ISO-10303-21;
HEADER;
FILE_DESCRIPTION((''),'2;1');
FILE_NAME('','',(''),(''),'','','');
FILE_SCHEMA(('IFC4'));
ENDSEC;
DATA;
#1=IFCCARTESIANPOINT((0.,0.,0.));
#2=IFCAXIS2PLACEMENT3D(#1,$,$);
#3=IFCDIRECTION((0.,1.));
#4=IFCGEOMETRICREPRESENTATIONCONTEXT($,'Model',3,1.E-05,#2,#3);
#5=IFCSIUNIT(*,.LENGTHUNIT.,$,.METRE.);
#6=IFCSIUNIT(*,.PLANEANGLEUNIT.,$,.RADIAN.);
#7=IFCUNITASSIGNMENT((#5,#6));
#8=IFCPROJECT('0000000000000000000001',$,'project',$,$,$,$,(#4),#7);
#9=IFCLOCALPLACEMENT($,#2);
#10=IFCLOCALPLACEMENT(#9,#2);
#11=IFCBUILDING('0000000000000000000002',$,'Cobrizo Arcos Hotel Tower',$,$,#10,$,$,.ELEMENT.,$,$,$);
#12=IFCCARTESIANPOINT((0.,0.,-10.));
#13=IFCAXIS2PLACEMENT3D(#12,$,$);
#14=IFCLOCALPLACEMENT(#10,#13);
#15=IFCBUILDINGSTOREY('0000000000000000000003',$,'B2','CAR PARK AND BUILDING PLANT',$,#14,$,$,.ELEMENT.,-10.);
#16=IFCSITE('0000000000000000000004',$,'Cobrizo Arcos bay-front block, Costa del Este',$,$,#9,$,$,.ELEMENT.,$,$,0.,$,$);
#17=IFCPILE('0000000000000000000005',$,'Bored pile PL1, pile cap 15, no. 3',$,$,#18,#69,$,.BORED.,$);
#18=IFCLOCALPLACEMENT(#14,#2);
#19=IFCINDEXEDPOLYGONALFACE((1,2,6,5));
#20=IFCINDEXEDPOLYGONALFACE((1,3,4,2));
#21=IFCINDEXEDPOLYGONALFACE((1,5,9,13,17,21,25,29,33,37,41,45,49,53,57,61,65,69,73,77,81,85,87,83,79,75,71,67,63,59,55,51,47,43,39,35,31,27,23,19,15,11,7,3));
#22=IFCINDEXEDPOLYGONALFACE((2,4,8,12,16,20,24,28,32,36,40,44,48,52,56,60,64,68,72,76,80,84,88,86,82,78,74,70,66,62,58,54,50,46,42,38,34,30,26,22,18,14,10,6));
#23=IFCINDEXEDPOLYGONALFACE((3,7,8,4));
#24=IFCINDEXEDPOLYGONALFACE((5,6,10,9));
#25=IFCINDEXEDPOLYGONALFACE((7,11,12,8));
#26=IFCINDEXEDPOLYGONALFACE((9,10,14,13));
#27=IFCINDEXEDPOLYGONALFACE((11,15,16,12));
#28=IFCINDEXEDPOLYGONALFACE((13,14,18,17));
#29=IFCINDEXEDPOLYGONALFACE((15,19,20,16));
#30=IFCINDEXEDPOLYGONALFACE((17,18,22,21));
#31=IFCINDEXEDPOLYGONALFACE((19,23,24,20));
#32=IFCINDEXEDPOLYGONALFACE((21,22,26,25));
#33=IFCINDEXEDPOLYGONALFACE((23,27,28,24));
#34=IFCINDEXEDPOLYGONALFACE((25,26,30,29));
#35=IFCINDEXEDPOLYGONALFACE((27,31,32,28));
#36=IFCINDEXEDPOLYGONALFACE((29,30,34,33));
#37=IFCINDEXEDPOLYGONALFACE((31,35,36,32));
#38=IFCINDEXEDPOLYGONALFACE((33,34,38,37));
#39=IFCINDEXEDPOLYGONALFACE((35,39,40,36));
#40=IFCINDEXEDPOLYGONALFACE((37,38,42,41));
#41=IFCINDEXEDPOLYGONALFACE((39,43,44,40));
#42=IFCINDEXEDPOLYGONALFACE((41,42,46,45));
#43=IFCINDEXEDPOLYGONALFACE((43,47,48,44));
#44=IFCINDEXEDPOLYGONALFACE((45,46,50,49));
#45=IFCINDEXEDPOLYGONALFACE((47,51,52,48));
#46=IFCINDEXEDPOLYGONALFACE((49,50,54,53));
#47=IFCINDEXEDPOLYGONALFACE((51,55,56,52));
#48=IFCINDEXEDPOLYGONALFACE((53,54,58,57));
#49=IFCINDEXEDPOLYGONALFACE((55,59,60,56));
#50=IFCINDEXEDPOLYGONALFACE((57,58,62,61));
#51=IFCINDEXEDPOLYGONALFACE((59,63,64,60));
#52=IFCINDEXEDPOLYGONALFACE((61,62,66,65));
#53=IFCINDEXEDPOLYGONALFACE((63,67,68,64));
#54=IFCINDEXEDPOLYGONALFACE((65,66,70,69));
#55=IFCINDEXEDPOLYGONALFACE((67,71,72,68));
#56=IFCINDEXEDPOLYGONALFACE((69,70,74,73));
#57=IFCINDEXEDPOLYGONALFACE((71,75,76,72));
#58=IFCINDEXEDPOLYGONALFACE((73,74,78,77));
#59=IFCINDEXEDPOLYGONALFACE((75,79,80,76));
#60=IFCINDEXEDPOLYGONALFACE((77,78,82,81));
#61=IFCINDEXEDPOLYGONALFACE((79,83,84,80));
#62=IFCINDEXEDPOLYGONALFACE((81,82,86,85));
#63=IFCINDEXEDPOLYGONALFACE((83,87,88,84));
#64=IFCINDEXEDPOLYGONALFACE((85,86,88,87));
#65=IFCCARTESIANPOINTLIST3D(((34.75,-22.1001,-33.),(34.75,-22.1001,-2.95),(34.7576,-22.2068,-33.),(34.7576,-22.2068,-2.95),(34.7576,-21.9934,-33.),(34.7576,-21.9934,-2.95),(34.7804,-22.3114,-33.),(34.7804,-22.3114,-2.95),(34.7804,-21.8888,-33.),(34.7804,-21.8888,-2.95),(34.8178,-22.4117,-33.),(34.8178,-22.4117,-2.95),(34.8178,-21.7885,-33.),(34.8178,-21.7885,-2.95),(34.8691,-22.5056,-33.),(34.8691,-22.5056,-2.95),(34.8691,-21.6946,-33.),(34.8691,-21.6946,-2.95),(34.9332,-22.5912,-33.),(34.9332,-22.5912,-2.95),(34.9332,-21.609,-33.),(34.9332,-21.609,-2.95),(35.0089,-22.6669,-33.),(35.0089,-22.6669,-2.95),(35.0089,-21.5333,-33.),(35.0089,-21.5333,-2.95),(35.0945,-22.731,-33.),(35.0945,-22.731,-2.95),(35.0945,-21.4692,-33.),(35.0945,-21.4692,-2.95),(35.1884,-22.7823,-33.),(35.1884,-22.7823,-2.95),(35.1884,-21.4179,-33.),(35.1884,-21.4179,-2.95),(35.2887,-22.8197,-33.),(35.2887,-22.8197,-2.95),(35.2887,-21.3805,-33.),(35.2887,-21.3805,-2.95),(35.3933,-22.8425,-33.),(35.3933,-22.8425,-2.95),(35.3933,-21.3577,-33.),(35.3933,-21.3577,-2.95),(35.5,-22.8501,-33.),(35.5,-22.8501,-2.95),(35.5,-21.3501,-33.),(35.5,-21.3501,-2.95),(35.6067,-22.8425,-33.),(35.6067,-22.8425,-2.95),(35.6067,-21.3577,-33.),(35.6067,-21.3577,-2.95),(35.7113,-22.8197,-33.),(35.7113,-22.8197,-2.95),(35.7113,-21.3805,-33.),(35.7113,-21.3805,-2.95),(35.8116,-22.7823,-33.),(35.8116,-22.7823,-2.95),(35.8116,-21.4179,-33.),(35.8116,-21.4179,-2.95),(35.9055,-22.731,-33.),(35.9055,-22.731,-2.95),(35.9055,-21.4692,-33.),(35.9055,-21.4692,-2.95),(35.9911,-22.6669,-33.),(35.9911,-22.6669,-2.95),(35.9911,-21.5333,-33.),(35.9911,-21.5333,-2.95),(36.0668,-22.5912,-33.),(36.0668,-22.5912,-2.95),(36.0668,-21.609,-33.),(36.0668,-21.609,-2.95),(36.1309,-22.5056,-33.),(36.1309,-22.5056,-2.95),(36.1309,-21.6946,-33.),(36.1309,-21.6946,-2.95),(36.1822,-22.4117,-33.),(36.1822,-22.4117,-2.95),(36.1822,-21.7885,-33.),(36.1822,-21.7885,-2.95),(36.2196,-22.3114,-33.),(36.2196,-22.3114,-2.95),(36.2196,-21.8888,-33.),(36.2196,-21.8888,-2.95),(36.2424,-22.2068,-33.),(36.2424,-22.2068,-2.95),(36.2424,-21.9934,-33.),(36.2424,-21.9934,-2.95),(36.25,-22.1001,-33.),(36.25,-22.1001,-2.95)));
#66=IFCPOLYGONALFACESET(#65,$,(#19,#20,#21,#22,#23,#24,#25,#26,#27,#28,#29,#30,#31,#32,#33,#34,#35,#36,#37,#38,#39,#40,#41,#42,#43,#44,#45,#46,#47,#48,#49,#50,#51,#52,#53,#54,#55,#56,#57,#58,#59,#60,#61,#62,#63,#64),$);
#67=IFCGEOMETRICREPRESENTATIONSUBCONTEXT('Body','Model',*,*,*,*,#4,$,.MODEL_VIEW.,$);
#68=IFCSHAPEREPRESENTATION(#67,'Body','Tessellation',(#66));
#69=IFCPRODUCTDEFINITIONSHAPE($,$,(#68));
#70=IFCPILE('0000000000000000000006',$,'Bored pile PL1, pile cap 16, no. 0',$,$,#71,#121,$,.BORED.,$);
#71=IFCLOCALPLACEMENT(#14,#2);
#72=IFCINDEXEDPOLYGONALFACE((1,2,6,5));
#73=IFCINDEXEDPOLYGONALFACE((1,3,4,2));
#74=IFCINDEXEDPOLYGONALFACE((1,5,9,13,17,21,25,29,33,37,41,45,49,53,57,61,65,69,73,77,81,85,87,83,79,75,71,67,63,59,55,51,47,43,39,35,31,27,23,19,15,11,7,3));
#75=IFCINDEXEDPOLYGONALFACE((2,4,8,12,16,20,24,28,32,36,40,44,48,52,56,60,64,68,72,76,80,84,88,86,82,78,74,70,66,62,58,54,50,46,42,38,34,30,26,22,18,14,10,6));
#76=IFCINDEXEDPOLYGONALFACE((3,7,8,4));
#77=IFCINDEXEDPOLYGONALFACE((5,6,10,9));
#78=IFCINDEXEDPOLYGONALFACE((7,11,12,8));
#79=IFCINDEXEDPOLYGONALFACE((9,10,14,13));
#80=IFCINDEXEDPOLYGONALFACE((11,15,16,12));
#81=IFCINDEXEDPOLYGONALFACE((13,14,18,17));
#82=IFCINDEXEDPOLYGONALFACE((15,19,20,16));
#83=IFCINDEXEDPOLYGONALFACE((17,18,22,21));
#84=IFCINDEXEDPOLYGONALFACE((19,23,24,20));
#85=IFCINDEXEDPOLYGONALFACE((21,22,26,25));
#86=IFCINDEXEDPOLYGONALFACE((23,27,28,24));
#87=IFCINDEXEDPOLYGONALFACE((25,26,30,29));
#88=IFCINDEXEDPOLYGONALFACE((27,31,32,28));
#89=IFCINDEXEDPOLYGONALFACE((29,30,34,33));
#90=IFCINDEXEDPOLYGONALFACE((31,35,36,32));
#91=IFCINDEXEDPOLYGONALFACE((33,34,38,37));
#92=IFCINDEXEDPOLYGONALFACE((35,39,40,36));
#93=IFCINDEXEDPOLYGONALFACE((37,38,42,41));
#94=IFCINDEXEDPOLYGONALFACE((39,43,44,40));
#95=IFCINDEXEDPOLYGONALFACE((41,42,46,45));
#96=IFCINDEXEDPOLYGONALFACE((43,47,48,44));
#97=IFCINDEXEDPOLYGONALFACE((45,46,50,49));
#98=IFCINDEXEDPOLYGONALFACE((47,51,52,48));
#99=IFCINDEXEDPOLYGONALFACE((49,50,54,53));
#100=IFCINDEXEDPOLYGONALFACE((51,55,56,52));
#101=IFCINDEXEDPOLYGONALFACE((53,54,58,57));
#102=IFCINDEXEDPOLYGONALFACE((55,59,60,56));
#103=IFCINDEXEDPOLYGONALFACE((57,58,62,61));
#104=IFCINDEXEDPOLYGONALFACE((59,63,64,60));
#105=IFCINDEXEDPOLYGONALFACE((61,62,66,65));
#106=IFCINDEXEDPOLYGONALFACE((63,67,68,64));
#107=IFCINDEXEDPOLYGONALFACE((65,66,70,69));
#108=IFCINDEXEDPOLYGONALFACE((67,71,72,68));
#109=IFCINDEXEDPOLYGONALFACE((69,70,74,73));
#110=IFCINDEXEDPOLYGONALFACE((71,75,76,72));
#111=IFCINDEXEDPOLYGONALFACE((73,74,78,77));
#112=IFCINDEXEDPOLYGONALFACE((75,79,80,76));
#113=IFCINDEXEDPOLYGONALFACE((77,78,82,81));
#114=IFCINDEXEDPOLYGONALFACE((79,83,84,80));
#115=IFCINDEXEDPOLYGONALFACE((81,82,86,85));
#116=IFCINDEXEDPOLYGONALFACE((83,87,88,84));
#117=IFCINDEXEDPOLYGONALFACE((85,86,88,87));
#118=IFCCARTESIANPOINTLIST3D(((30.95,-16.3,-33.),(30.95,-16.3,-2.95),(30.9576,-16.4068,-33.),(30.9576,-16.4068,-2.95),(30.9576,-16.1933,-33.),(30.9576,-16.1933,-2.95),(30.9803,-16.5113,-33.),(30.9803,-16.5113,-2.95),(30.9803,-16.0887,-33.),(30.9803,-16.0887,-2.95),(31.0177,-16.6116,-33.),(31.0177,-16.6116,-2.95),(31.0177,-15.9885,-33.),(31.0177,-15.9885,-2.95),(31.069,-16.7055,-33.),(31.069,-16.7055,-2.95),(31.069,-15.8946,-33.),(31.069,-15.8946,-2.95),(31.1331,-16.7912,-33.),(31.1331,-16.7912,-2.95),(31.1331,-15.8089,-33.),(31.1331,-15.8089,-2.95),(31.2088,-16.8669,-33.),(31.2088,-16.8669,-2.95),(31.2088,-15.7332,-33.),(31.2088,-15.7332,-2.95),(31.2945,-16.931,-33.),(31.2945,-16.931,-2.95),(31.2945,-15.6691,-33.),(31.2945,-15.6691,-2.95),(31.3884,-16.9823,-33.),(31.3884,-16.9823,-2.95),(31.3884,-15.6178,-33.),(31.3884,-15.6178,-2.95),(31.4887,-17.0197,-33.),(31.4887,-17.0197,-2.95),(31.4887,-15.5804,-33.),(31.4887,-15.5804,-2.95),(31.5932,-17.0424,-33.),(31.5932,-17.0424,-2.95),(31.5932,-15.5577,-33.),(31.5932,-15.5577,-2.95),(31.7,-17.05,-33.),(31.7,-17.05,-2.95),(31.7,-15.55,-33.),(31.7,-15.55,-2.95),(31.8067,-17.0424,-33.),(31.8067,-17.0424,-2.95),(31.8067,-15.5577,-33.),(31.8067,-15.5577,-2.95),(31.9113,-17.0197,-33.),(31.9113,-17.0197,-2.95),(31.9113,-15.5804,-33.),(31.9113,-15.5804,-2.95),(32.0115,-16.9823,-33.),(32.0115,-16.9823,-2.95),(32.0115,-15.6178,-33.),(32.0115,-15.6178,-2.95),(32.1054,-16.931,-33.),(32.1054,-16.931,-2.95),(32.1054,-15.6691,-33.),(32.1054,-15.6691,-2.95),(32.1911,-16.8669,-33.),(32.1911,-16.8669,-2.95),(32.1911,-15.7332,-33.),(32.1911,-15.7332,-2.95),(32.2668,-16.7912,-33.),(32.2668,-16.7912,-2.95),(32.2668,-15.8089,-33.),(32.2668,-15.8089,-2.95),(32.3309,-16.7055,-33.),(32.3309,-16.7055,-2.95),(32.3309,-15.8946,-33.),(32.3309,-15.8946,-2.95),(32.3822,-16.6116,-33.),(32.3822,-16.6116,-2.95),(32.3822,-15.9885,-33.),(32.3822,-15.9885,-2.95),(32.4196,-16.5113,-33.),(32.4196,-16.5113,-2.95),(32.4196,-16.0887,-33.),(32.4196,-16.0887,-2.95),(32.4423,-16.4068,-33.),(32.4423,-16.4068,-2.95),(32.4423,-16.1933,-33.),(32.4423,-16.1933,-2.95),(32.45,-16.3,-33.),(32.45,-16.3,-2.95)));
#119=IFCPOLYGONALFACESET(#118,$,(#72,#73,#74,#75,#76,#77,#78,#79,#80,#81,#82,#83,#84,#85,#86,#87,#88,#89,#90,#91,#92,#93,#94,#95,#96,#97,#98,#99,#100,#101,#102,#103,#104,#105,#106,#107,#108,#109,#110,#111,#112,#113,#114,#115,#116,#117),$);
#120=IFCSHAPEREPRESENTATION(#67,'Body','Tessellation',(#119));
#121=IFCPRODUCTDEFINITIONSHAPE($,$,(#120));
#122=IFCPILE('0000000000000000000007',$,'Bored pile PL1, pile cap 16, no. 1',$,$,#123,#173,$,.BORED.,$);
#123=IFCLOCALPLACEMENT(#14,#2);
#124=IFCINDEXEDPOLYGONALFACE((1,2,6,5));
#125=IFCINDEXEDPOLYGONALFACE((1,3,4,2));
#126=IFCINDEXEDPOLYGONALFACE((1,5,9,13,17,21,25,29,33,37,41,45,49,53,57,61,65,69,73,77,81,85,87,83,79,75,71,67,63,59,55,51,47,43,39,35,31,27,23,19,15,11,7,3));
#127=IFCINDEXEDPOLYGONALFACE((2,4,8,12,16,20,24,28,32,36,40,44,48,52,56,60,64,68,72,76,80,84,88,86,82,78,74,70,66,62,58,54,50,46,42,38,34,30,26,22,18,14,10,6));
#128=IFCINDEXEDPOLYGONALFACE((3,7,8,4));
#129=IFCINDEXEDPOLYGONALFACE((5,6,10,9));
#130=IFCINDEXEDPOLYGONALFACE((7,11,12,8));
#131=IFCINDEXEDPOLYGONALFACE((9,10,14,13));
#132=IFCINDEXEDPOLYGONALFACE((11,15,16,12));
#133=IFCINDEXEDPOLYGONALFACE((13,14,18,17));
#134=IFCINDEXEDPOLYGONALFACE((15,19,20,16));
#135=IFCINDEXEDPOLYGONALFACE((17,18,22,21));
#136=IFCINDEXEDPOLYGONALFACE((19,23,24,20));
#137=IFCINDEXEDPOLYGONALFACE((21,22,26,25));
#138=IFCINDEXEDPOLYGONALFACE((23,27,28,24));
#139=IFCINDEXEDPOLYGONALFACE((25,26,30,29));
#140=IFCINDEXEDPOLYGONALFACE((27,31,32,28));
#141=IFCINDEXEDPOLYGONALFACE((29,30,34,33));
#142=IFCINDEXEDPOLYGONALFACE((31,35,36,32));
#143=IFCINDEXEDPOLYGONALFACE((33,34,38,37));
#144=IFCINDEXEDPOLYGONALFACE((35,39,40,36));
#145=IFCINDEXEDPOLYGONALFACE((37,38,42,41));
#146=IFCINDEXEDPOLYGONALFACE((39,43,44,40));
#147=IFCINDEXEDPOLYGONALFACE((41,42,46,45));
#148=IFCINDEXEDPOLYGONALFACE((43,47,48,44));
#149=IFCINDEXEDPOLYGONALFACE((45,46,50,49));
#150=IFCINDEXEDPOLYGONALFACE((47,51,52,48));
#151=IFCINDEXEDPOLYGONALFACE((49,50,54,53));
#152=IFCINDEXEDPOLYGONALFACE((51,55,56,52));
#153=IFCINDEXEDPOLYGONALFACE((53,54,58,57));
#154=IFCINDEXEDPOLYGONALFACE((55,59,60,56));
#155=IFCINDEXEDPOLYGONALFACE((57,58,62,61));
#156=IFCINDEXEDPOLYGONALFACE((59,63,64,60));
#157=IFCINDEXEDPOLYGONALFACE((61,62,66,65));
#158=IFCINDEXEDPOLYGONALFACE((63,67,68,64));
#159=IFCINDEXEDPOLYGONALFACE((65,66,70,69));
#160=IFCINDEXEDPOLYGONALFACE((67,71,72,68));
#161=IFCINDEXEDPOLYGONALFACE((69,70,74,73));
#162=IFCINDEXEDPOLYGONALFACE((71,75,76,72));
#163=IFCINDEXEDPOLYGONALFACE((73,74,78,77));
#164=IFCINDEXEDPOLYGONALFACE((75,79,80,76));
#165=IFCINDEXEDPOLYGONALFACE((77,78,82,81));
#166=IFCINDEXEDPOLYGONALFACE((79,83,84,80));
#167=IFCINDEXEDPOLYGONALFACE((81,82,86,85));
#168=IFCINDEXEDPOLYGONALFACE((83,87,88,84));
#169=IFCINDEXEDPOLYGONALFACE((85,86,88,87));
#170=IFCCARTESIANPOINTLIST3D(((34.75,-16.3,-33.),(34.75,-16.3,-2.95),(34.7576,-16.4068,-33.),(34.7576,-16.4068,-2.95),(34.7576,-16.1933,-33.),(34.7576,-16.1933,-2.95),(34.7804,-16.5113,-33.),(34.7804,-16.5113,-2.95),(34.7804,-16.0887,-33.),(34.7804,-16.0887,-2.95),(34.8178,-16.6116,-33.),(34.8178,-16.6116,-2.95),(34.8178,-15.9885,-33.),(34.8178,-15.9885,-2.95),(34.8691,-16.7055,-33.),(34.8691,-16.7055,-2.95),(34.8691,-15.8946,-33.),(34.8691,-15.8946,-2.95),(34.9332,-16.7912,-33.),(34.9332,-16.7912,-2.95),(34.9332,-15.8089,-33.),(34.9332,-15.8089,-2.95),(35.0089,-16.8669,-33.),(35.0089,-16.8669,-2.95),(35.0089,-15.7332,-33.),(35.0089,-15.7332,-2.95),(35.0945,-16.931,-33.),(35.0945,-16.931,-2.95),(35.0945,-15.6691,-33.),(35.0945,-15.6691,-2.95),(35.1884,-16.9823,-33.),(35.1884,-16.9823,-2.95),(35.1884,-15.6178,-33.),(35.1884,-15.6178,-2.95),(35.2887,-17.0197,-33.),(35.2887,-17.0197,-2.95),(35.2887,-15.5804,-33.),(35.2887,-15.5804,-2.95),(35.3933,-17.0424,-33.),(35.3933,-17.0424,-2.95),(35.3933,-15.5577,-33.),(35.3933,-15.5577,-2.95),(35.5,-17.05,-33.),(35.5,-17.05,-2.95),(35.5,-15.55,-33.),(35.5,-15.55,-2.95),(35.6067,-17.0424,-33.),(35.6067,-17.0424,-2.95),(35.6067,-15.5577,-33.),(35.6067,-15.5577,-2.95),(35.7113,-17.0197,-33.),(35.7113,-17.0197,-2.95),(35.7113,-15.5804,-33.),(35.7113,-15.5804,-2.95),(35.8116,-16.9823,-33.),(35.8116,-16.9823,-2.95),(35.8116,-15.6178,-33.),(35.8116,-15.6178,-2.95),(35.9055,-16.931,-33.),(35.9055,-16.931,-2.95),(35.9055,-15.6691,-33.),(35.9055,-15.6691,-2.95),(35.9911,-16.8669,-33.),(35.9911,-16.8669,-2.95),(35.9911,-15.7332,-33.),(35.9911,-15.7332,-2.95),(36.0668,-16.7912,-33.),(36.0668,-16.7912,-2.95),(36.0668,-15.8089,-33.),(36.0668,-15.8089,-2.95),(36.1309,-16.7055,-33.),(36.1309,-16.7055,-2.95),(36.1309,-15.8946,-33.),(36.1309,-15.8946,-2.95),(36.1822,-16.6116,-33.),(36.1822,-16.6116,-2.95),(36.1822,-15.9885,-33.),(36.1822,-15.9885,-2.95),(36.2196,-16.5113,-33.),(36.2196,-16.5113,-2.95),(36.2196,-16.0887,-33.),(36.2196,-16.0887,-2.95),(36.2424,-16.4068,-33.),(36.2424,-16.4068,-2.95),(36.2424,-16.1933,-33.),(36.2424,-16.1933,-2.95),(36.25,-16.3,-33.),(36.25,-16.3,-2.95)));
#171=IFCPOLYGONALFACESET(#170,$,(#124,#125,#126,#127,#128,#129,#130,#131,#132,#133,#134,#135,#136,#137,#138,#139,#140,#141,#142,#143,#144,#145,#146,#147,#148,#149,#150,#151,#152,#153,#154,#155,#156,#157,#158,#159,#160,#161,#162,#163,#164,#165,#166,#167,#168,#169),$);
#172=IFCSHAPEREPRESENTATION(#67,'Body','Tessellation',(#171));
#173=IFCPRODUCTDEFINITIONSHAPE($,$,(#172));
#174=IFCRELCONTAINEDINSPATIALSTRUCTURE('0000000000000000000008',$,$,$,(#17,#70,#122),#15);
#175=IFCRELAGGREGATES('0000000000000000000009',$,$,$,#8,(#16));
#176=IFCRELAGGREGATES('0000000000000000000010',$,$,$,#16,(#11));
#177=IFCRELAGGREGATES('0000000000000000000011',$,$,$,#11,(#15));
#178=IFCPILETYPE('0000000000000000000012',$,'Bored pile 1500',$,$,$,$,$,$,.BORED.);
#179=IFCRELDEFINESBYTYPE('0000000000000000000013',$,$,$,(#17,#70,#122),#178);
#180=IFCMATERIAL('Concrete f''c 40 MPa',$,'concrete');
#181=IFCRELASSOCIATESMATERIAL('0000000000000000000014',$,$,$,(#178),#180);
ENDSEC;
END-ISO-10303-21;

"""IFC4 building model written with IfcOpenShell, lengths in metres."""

from ifc_helpers import new_model, si_unit, direction, frame, origin, origin_2d, place, context, subcontext, project, spatial, circle, extrude, material, material_profile, profile_set, type_object, element, save


model = new_model("IFC4")

# Units and contexts
model_context = context("Model", 3, precision=1e-05, world=origin(), true_north=direction((0.0, 1.0)))
body_context = subcontext(model_context, "Body", "Model", "MODEL_VIEW")
ifc_project = project(units=[si_unit("LENGTHUNIT", "METRE"), si_unit("PLANEANGLEUNIT", "RADIAN")], contexts=[model_context])

# Site, building, storey
site_placement = place(None, origin())
site = spatial("IfcSite", under=ifc_project, at=site_placement, Name="Cobrizo Arcos bay-front block, Costa del Este", CompositionType="ELEMENT", RefElevation=0.0)
building_placement = place(site_placement, origin())
building = spatial("IfcBuilding", under=site, at=building_placement, Name="Cobrizo Arcos Hotel Tower", CompositionType="ELEMENT")
storey_placement = place(building_placement, frame((0.0, 0.0, -10.0)))
storey = spatial("IfcBuildingStorey", under=building, at=storey_placement, Name="B2", Description="CAR PARK AND BUILDING PLANT", CompositionType="ELEMENT", Elevation=-10.0)

# Piles
ifc_material_1 = material(Name="Concrete f'c 40 MPa", Category="concrete")
ifc_material_profile_1 = material_profile(ifc_material_1, circle(Radius=0.75, at=origin_2d()), Name="BORED PILE 1500")
ifc_profile_set_1 = profile_set([ifc_material_profile_1], Name="Concrete f'c 40 MPa")
pile_type = type_object("IfcPileType", Name="Bored pile 1500", PredefinedType="BORED", material=ifc_profile_set_1)
for number, where, z_axis, x_axis, name in (
    (1, (35.5, -22.1001, -2.95), (0.0, 0.0, -1.0), (1.0, 0.0, 0.0), "Bored pile PL1, pile cap 15, no. 3"),
    (2, (31.7, -16.3, -2.95), (0.0, 0.0, -1.0), (1.0, 0.0, 0.0), "Bored pile PL1, pile cap 16, no. 0"),
    (3, (35.5, -16.3, -2.95), (0.0, 0.0, -1.0), (1.0, 0.0, 0.0), "Bored pile PL1, pile cap 16, no. 1"),
):
    element("IfcPile", number, at=place(storey_placement, frame(where, z_axis=z_axis, x_axis=x_axis)), inside=storey, type_object=pile_type, Name=name, PredefinedType="BORED", context=body_context, shape_type="SweptSolid", body=[
        extrude(circle(Radius=0.75, at=origin_2d()), origin(), (0.0, 0.0, 1.0), 30.05),
    ])

save(model, "model.ifc")
